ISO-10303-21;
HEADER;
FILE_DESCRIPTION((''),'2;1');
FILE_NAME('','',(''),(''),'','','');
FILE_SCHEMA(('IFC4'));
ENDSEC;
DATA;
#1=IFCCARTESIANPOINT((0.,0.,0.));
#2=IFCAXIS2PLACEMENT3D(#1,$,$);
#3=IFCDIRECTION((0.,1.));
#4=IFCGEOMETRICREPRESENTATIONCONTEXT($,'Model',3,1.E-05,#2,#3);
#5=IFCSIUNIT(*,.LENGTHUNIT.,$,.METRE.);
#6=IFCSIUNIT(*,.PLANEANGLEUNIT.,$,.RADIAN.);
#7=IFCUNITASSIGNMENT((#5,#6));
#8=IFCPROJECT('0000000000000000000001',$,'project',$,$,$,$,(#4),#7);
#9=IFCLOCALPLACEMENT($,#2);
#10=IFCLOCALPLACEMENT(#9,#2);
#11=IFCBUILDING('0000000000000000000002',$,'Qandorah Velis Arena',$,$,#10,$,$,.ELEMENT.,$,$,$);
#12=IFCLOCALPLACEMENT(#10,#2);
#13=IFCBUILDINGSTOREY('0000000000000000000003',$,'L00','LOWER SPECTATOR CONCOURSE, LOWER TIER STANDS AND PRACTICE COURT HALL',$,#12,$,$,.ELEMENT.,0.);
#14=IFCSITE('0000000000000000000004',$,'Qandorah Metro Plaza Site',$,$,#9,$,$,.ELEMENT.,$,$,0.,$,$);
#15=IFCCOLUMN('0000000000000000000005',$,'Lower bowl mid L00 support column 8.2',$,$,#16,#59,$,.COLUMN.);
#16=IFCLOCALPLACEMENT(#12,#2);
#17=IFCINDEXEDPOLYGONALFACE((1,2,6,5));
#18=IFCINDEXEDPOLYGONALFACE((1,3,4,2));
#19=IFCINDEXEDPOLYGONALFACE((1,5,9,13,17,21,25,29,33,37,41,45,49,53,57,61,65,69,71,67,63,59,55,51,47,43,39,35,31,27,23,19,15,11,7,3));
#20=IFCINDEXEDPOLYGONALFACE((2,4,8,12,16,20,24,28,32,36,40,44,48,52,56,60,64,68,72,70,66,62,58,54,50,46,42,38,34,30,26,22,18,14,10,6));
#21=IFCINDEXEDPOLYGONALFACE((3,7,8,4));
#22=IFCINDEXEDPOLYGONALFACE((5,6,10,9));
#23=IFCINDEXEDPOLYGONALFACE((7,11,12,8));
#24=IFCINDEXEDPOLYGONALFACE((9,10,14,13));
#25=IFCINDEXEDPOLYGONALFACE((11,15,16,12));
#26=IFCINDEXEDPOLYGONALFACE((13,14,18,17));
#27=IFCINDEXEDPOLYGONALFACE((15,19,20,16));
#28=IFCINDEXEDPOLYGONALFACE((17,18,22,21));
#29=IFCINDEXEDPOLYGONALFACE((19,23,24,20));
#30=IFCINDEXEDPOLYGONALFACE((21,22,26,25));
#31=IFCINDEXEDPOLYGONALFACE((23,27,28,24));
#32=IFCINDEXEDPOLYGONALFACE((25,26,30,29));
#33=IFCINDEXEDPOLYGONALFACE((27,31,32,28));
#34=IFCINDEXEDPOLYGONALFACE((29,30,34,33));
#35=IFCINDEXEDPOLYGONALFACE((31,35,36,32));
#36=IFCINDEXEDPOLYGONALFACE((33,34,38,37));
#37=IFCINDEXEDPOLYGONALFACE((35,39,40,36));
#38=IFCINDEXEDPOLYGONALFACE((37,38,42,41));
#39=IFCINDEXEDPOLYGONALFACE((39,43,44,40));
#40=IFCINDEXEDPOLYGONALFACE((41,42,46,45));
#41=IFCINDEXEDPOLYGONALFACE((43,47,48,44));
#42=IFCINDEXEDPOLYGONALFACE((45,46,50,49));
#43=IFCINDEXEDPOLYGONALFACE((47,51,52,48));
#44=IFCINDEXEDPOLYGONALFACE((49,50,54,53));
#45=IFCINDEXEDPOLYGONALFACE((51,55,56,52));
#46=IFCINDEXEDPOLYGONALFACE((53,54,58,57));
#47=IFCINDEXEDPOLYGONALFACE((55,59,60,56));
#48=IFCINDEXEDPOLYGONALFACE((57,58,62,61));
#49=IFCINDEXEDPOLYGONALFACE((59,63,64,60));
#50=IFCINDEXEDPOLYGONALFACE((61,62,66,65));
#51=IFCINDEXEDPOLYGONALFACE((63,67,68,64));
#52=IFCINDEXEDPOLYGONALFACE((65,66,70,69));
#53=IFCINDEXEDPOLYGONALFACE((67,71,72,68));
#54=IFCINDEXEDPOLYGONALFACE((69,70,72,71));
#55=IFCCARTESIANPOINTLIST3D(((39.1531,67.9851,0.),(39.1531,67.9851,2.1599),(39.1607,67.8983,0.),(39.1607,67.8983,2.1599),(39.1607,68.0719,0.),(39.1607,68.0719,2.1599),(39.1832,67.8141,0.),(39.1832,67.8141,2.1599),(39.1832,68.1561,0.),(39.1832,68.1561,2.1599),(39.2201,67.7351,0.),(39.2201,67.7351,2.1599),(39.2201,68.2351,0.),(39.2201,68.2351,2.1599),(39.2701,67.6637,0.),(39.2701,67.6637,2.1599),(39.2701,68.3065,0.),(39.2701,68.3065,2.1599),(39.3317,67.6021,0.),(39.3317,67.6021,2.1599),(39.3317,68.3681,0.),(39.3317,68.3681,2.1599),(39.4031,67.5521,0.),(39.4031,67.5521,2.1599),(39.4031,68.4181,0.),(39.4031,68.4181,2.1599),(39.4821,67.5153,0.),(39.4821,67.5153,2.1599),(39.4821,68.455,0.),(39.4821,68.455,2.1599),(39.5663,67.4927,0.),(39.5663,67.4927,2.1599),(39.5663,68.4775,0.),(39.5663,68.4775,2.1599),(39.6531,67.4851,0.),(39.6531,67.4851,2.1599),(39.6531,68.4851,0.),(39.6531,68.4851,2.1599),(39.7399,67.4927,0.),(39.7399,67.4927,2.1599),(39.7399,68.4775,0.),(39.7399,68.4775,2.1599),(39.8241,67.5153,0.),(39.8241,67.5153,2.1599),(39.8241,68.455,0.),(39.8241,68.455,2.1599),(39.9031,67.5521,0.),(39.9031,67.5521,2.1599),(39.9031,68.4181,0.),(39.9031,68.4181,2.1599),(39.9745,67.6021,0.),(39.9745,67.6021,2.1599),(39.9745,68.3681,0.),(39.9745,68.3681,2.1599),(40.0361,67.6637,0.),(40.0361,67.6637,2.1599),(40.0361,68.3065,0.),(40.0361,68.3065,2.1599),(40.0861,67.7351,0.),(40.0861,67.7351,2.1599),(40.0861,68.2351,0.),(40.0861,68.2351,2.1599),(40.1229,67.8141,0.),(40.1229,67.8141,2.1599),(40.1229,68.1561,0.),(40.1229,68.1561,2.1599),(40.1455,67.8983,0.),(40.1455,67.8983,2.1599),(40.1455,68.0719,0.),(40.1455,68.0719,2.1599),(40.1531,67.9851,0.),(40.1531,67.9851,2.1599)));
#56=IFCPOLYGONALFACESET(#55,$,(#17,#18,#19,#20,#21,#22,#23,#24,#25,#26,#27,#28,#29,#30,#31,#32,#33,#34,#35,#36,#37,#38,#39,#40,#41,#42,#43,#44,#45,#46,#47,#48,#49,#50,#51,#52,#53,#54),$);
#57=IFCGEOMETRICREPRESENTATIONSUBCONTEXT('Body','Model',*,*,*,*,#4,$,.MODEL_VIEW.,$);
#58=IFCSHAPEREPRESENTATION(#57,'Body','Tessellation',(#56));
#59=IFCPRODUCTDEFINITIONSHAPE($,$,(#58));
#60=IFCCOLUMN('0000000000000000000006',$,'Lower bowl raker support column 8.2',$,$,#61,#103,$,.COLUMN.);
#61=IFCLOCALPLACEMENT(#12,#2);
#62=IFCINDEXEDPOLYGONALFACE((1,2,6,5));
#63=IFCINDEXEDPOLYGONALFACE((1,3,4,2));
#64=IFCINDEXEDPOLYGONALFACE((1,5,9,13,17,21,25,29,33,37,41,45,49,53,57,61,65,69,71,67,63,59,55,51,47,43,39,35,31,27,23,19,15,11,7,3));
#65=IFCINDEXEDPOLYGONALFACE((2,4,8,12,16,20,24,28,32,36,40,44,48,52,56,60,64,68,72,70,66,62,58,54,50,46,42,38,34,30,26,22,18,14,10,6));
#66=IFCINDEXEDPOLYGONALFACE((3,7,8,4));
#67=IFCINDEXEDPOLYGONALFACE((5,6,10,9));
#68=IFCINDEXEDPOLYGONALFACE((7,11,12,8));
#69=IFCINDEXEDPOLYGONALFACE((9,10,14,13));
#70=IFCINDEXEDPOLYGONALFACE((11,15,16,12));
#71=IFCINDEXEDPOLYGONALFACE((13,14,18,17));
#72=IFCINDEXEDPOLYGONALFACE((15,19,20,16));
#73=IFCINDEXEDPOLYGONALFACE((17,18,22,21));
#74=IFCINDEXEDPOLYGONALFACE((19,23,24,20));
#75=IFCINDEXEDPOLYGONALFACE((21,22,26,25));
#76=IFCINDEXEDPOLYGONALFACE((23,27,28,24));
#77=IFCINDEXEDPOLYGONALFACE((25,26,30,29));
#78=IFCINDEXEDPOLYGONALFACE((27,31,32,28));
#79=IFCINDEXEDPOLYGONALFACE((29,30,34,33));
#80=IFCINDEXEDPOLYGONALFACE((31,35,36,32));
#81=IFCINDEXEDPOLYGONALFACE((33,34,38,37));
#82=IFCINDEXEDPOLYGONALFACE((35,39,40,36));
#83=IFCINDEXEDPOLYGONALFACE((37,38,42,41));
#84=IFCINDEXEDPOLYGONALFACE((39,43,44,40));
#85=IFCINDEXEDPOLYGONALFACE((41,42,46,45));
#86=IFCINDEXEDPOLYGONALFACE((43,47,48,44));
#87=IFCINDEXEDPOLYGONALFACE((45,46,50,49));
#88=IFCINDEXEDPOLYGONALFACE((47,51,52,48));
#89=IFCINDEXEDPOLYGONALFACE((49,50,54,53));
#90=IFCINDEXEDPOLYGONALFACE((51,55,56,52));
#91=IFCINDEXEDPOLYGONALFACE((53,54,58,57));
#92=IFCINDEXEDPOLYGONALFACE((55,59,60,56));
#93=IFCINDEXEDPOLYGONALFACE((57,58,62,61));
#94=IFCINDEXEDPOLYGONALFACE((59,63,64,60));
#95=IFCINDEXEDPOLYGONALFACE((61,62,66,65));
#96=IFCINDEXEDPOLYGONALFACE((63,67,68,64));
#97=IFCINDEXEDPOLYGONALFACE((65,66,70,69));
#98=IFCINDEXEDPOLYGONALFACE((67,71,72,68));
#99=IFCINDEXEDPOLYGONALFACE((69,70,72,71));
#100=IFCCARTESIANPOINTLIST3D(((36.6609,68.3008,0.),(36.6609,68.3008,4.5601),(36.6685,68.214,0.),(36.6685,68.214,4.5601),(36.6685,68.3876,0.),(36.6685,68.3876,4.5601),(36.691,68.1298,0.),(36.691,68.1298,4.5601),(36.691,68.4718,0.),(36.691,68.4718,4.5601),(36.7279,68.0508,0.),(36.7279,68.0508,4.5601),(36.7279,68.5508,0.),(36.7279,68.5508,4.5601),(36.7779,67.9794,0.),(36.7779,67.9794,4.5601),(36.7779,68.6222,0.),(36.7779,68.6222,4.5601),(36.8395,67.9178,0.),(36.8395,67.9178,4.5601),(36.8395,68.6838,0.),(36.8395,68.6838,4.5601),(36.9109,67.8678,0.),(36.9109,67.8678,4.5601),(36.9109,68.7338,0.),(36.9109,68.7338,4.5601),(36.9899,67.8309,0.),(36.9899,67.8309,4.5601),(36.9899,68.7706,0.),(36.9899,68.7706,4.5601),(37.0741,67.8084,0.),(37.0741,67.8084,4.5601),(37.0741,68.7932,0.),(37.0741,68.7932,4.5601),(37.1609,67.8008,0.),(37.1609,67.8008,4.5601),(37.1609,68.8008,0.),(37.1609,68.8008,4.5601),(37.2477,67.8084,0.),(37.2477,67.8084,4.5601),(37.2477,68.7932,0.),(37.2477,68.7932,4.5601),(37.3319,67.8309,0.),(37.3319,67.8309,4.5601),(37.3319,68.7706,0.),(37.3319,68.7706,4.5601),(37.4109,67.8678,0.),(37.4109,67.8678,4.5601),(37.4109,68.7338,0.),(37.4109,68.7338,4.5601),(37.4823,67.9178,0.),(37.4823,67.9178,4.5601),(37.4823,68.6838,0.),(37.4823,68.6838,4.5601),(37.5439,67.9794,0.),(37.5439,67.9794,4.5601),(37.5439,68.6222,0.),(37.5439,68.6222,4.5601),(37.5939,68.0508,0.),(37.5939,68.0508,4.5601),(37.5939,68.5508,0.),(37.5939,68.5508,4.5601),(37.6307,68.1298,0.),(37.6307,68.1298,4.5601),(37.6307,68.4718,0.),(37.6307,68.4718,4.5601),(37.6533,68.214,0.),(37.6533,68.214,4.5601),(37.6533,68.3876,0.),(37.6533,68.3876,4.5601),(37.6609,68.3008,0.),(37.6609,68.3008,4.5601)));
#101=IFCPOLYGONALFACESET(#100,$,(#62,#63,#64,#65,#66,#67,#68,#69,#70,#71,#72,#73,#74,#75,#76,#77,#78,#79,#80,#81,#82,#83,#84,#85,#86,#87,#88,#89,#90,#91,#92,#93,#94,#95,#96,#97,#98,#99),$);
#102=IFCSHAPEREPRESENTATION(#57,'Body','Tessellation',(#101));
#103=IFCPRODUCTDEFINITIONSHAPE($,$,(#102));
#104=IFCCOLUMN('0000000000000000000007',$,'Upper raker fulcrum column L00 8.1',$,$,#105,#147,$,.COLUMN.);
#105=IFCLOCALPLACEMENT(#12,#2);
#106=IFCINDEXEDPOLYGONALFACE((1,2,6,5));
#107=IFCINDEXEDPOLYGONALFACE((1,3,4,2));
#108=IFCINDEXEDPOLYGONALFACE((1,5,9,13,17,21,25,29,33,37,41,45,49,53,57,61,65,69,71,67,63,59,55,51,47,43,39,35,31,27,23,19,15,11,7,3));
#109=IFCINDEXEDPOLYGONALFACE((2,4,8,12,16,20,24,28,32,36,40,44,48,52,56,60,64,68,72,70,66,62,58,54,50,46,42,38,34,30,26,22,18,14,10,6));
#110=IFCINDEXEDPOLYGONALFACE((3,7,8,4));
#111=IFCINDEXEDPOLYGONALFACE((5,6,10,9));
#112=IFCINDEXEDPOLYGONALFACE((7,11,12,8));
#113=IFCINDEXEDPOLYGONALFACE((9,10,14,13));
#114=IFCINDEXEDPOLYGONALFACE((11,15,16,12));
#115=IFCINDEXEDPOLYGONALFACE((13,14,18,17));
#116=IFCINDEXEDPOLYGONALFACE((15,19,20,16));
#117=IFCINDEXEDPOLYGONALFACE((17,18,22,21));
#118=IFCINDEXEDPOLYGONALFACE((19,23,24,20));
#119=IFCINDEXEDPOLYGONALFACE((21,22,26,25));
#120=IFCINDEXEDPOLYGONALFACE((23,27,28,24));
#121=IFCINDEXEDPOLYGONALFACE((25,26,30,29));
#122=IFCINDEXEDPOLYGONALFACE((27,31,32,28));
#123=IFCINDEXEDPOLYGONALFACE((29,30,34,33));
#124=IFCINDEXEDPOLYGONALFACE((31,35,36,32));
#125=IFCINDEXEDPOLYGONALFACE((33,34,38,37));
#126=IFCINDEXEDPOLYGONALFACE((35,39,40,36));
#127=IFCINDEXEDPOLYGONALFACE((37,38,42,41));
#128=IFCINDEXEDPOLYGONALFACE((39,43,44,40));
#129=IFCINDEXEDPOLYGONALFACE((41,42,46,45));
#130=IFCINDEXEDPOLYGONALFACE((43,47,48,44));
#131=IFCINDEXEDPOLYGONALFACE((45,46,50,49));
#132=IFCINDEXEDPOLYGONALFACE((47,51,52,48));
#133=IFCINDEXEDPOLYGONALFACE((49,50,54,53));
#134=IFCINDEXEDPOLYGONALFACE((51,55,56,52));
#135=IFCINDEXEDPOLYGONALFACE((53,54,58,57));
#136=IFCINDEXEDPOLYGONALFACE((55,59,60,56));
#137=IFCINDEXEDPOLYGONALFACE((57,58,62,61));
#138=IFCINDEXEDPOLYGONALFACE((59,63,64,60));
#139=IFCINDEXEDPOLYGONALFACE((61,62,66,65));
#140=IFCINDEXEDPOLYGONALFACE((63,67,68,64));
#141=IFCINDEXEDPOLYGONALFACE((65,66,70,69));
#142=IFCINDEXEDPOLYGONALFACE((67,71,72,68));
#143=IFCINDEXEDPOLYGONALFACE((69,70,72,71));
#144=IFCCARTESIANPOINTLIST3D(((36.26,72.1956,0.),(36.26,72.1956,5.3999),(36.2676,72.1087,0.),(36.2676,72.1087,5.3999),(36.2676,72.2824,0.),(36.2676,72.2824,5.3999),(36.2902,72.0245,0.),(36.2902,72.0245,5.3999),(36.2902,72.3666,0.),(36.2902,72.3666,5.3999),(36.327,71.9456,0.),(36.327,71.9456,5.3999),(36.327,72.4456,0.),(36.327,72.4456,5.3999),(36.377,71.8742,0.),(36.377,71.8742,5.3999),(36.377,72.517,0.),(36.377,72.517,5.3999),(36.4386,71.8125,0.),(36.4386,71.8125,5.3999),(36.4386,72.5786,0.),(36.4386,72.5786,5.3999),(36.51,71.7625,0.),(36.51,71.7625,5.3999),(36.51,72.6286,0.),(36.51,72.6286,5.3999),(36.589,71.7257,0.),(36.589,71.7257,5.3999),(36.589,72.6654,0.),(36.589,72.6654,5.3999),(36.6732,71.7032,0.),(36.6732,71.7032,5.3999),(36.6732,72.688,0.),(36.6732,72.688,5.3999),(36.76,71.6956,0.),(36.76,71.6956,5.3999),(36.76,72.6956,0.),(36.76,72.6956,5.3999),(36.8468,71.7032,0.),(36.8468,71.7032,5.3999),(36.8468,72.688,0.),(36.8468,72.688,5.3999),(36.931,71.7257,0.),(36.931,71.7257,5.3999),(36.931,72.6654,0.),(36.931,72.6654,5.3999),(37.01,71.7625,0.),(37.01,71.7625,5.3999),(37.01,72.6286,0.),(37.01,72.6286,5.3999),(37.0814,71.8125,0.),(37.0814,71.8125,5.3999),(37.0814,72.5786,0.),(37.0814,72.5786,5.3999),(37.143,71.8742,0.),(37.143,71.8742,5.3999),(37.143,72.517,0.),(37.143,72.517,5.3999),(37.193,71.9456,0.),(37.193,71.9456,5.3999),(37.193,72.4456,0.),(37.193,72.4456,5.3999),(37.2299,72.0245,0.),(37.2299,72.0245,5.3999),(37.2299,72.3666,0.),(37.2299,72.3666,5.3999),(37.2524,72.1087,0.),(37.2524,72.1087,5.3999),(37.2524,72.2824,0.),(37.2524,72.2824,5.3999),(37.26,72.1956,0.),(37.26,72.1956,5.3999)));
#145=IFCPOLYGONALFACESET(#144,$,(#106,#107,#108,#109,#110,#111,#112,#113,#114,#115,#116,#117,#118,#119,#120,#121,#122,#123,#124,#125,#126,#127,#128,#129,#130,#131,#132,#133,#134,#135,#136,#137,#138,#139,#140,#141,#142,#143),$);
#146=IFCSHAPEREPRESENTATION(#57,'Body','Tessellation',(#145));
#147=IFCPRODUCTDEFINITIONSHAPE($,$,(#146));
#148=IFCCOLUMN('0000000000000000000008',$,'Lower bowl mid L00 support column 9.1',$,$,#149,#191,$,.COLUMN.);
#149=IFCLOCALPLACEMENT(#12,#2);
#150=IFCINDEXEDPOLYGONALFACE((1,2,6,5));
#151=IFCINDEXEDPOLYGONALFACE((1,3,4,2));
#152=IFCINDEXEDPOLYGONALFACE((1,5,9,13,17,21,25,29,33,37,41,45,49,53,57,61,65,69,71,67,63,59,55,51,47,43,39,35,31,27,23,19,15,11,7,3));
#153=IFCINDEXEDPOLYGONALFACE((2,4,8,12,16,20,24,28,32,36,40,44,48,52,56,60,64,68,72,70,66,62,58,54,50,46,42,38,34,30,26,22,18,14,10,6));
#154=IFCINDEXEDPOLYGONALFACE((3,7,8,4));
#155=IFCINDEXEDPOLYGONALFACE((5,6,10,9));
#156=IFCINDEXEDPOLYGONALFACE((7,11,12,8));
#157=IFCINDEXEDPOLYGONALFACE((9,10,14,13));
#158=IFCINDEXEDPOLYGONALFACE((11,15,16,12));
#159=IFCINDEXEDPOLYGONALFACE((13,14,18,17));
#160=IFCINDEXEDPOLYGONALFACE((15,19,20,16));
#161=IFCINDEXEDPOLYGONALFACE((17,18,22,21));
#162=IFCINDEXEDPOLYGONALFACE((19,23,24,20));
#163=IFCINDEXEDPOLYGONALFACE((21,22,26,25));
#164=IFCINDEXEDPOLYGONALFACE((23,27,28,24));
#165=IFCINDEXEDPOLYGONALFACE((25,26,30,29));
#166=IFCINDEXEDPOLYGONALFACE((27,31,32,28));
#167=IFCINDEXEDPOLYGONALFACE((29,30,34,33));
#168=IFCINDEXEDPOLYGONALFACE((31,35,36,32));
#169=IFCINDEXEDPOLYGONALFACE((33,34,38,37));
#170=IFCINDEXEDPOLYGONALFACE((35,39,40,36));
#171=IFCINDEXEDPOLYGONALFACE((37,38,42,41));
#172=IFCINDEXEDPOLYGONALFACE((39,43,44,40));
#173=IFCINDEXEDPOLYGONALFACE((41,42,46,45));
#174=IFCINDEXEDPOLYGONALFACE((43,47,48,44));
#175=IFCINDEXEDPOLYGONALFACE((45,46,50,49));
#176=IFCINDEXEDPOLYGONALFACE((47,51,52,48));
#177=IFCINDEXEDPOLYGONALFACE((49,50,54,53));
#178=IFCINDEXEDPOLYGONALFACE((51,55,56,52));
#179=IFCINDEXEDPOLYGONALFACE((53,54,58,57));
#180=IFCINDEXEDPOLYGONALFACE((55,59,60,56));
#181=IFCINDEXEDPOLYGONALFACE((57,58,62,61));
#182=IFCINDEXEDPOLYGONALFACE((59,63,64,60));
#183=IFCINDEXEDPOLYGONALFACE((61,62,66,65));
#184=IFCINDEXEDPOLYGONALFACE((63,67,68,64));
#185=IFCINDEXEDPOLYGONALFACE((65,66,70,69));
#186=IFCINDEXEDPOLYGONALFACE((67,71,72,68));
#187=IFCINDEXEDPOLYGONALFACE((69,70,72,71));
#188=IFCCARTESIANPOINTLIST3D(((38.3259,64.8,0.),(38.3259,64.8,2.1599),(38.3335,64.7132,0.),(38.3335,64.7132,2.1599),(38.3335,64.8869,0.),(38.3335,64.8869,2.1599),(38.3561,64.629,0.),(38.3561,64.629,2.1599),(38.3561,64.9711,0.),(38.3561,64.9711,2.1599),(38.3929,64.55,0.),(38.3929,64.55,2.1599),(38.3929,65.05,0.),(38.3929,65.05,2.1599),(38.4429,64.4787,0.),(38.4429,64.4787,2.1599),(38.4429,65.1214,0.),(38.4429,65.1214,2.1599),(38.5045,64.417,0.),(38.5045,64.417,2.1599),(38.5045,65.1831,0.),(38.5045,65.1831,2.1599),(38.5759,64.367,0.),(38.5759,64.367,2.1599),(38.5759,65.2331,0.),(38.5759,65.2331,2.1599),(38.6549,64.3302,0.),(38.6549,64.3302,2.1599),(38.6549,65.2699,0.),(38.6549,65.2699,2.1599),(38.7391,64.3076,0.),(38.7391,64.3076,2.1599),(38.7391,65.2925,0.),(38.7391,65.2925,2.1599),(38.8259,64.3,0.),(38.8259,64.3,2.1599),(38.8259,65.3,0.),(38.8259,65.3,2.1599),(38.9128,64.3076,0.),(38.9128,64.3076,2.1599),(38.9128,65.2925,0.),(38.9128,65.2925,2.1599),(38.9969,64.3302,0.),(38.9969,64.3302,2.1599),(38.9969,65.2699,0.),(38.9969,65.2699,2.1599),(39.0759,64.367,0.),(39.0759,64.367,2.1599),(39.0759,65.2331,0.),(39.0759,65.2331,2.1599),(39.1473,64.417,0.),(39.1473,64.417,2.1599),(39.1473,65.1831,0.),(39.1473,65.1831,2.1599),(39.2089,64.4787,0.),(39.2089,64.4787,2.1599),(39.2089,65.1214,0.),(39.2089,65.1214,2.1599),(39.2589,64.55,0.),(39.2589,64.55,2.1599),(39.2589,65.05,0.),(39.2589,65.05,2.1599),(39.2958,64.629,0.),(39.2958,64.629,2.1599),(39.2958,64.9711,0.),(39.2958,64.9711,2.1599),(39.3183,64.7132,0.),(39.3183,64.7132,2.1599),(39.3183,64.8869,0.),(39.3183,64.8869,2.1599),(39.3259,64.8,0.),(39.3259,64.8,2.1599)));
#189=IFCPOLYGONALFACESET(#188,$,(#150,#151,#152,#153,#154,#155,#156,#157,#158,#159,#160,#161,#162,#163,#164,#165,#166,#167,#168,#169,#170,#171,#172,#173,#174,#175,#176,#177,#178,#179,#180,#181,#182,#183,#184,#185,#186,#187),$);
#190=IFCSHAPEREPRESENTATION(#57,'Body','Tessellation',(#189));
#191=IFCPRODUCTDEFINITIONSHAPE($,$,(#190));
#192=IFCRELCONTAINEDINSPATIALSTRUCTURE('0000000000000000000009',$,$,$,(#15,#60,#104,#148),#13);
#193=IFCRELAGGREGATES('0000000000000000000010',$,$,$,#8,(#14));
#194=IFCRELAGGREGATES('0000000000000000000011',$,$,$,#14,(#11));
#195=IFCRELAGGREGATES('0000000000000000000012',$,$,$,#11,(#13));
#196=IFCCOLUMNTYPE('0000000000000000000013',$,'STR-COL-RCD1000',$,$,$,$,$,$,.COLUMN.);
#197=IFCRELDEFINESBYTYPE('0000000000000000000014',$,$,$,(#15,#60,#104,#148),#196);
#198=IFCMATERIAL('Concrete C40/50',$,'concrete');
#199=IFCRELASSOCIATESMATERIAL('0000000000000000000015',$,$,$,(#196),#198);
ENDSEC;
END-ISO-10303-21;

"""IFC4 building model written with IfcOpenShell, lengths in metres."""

from ifc_helpers import new_model, si_unit, direction, frame, origin, origin_2d, place, context, subcontext, project, spatial, circle, extrude, material, material_profile, profile_set, type_object, element, save


model = new_model("IFC4")

# Units and contexts
model_context = context("Model", 3, precision=1e-05, world=origin(), true_north=direction((0.0, 1.0)))
body_context = subcontext(model_context, "Body", "Model", "MODEL_VIEW")
ifc_project = project(units=[si_unit("LENGTHUNIT", "METRE"), si_unit("PLANEANGLEUNIT", "RADIAN")], contexts=[model_context])

# Site, building, storey
site_placement = place(None, origin())
site = spatial("IfcSite", under=ifc_project, at=site_placement, Name="Qandorah Metro Plaza Site", CompositionType="ELEMENT", RefElevation=0.0)
building_placement = place(site_placement, origin())
building = spatial("IfcBuilding", under=site, at=building_placement, Name="Qandorah Velis Arena", CompositionType="ELEMENT")
storey_placement = place(building_placement, origin())
storey = spatial("IfcBuildingStorey", under=building, at=storey_placement, Name="L00", Description="LOWER SPECTATOR CONCOURSE, LOWER TIER STANDS AND PRACTICE COURT HALL", CompositionType="ELEMENT", Elevation=0.0)

# Columns
ifc_material_1 = material(Name="Concrete C40/50", Category="concrete")
ifc_material_profile_1 = material_profile(ifc_material_1, circle(Radius=0.5, at=origin_2d()), Name="RC D1000")
ifc_profile_set_1 = profile_set([ifc_material_profile_1], Name="Concrete C40/50")
column_type = type_object("IfcColumnType", Name="STR-COL-RCD1000", PredefinedType="COLUMN", material=ifc_profile_set_1)
column_1_placement = place(storey_placement, frame((39.6531, 67.9851, 0.0), z_axis=(0.0, 0.0, 1.0), x_axis=(1.0, 0.0, 0.0)))
element("IfcColumn", 1, at=column_1_placement, inside=storey, type_object=column_type, Name="Lower bowl mid L00 support column 8.2", PredefinedType="COLUMN", context=body_context, shape_type="SweptSolid", body=[
    extrude(circle(Radius=0.5, at=origin_2d()), origin(), (0.0, 0.0, 1.0), 2.1599),
])
column_2_placement = place(storey_placement, frame((37.1609, 68.3008, 0.0), z_axis=(0.0, 0.0, 1.0), x_axis=(1.0, 0.0, 0.0)))
element("IfcColumn", 2, at=column_2_placement, inside=storey, type_object=column_type, Name="Lower bowl raker support column 8.2", PredefinedType="COLUMN", context=body_context, shape_type="SweptSolid", body=[
    extrude(circle(Radius=0.5, at=origin_2d()), origin(), (0.0, 0.0, 1.0), 4.5601),
])
column_3_placement = place(storey_placement, frame((36.76, 72.1956, 0.0), z_axis=(0.0, 0.0, 1.0), x_axis=(1.0, 0.0, 0.0)))
element("IfcColumn", 3, at=column_3_placement, inside=storey, type_object=column_type, Name="Upper raker fulcrum column L00 8.1", PredefinedType="COLUMN", context=body_context, shape_type="SweptSolid", body=[
    extrude(circle(Radius=0.5, at=origin_2d()), origin(), (0.0, 0.0, 1.0), 5.3999),
])
column_4_placement = place(storey_placement, frame((38.8259, 64.8, 0.0), z_axis=(0.0, 0.0, 1.0), x_axis=(1.0, 0.0, 0.0)))
element("IfcColumn", 4, at=column_4_placement, inside=storey, type_object=column_type, Name="Lower bowl mid L00 support column 9.1", PredefinedType="COLUMN", context=body_context, shape_type="SweptSolid", body=[
    extrude(circle(Radius=0.5, at=origin_2d()), origin(), (0.0, 0.0, 1.0), 2.1599),
])

save(model, "model.ifc")
